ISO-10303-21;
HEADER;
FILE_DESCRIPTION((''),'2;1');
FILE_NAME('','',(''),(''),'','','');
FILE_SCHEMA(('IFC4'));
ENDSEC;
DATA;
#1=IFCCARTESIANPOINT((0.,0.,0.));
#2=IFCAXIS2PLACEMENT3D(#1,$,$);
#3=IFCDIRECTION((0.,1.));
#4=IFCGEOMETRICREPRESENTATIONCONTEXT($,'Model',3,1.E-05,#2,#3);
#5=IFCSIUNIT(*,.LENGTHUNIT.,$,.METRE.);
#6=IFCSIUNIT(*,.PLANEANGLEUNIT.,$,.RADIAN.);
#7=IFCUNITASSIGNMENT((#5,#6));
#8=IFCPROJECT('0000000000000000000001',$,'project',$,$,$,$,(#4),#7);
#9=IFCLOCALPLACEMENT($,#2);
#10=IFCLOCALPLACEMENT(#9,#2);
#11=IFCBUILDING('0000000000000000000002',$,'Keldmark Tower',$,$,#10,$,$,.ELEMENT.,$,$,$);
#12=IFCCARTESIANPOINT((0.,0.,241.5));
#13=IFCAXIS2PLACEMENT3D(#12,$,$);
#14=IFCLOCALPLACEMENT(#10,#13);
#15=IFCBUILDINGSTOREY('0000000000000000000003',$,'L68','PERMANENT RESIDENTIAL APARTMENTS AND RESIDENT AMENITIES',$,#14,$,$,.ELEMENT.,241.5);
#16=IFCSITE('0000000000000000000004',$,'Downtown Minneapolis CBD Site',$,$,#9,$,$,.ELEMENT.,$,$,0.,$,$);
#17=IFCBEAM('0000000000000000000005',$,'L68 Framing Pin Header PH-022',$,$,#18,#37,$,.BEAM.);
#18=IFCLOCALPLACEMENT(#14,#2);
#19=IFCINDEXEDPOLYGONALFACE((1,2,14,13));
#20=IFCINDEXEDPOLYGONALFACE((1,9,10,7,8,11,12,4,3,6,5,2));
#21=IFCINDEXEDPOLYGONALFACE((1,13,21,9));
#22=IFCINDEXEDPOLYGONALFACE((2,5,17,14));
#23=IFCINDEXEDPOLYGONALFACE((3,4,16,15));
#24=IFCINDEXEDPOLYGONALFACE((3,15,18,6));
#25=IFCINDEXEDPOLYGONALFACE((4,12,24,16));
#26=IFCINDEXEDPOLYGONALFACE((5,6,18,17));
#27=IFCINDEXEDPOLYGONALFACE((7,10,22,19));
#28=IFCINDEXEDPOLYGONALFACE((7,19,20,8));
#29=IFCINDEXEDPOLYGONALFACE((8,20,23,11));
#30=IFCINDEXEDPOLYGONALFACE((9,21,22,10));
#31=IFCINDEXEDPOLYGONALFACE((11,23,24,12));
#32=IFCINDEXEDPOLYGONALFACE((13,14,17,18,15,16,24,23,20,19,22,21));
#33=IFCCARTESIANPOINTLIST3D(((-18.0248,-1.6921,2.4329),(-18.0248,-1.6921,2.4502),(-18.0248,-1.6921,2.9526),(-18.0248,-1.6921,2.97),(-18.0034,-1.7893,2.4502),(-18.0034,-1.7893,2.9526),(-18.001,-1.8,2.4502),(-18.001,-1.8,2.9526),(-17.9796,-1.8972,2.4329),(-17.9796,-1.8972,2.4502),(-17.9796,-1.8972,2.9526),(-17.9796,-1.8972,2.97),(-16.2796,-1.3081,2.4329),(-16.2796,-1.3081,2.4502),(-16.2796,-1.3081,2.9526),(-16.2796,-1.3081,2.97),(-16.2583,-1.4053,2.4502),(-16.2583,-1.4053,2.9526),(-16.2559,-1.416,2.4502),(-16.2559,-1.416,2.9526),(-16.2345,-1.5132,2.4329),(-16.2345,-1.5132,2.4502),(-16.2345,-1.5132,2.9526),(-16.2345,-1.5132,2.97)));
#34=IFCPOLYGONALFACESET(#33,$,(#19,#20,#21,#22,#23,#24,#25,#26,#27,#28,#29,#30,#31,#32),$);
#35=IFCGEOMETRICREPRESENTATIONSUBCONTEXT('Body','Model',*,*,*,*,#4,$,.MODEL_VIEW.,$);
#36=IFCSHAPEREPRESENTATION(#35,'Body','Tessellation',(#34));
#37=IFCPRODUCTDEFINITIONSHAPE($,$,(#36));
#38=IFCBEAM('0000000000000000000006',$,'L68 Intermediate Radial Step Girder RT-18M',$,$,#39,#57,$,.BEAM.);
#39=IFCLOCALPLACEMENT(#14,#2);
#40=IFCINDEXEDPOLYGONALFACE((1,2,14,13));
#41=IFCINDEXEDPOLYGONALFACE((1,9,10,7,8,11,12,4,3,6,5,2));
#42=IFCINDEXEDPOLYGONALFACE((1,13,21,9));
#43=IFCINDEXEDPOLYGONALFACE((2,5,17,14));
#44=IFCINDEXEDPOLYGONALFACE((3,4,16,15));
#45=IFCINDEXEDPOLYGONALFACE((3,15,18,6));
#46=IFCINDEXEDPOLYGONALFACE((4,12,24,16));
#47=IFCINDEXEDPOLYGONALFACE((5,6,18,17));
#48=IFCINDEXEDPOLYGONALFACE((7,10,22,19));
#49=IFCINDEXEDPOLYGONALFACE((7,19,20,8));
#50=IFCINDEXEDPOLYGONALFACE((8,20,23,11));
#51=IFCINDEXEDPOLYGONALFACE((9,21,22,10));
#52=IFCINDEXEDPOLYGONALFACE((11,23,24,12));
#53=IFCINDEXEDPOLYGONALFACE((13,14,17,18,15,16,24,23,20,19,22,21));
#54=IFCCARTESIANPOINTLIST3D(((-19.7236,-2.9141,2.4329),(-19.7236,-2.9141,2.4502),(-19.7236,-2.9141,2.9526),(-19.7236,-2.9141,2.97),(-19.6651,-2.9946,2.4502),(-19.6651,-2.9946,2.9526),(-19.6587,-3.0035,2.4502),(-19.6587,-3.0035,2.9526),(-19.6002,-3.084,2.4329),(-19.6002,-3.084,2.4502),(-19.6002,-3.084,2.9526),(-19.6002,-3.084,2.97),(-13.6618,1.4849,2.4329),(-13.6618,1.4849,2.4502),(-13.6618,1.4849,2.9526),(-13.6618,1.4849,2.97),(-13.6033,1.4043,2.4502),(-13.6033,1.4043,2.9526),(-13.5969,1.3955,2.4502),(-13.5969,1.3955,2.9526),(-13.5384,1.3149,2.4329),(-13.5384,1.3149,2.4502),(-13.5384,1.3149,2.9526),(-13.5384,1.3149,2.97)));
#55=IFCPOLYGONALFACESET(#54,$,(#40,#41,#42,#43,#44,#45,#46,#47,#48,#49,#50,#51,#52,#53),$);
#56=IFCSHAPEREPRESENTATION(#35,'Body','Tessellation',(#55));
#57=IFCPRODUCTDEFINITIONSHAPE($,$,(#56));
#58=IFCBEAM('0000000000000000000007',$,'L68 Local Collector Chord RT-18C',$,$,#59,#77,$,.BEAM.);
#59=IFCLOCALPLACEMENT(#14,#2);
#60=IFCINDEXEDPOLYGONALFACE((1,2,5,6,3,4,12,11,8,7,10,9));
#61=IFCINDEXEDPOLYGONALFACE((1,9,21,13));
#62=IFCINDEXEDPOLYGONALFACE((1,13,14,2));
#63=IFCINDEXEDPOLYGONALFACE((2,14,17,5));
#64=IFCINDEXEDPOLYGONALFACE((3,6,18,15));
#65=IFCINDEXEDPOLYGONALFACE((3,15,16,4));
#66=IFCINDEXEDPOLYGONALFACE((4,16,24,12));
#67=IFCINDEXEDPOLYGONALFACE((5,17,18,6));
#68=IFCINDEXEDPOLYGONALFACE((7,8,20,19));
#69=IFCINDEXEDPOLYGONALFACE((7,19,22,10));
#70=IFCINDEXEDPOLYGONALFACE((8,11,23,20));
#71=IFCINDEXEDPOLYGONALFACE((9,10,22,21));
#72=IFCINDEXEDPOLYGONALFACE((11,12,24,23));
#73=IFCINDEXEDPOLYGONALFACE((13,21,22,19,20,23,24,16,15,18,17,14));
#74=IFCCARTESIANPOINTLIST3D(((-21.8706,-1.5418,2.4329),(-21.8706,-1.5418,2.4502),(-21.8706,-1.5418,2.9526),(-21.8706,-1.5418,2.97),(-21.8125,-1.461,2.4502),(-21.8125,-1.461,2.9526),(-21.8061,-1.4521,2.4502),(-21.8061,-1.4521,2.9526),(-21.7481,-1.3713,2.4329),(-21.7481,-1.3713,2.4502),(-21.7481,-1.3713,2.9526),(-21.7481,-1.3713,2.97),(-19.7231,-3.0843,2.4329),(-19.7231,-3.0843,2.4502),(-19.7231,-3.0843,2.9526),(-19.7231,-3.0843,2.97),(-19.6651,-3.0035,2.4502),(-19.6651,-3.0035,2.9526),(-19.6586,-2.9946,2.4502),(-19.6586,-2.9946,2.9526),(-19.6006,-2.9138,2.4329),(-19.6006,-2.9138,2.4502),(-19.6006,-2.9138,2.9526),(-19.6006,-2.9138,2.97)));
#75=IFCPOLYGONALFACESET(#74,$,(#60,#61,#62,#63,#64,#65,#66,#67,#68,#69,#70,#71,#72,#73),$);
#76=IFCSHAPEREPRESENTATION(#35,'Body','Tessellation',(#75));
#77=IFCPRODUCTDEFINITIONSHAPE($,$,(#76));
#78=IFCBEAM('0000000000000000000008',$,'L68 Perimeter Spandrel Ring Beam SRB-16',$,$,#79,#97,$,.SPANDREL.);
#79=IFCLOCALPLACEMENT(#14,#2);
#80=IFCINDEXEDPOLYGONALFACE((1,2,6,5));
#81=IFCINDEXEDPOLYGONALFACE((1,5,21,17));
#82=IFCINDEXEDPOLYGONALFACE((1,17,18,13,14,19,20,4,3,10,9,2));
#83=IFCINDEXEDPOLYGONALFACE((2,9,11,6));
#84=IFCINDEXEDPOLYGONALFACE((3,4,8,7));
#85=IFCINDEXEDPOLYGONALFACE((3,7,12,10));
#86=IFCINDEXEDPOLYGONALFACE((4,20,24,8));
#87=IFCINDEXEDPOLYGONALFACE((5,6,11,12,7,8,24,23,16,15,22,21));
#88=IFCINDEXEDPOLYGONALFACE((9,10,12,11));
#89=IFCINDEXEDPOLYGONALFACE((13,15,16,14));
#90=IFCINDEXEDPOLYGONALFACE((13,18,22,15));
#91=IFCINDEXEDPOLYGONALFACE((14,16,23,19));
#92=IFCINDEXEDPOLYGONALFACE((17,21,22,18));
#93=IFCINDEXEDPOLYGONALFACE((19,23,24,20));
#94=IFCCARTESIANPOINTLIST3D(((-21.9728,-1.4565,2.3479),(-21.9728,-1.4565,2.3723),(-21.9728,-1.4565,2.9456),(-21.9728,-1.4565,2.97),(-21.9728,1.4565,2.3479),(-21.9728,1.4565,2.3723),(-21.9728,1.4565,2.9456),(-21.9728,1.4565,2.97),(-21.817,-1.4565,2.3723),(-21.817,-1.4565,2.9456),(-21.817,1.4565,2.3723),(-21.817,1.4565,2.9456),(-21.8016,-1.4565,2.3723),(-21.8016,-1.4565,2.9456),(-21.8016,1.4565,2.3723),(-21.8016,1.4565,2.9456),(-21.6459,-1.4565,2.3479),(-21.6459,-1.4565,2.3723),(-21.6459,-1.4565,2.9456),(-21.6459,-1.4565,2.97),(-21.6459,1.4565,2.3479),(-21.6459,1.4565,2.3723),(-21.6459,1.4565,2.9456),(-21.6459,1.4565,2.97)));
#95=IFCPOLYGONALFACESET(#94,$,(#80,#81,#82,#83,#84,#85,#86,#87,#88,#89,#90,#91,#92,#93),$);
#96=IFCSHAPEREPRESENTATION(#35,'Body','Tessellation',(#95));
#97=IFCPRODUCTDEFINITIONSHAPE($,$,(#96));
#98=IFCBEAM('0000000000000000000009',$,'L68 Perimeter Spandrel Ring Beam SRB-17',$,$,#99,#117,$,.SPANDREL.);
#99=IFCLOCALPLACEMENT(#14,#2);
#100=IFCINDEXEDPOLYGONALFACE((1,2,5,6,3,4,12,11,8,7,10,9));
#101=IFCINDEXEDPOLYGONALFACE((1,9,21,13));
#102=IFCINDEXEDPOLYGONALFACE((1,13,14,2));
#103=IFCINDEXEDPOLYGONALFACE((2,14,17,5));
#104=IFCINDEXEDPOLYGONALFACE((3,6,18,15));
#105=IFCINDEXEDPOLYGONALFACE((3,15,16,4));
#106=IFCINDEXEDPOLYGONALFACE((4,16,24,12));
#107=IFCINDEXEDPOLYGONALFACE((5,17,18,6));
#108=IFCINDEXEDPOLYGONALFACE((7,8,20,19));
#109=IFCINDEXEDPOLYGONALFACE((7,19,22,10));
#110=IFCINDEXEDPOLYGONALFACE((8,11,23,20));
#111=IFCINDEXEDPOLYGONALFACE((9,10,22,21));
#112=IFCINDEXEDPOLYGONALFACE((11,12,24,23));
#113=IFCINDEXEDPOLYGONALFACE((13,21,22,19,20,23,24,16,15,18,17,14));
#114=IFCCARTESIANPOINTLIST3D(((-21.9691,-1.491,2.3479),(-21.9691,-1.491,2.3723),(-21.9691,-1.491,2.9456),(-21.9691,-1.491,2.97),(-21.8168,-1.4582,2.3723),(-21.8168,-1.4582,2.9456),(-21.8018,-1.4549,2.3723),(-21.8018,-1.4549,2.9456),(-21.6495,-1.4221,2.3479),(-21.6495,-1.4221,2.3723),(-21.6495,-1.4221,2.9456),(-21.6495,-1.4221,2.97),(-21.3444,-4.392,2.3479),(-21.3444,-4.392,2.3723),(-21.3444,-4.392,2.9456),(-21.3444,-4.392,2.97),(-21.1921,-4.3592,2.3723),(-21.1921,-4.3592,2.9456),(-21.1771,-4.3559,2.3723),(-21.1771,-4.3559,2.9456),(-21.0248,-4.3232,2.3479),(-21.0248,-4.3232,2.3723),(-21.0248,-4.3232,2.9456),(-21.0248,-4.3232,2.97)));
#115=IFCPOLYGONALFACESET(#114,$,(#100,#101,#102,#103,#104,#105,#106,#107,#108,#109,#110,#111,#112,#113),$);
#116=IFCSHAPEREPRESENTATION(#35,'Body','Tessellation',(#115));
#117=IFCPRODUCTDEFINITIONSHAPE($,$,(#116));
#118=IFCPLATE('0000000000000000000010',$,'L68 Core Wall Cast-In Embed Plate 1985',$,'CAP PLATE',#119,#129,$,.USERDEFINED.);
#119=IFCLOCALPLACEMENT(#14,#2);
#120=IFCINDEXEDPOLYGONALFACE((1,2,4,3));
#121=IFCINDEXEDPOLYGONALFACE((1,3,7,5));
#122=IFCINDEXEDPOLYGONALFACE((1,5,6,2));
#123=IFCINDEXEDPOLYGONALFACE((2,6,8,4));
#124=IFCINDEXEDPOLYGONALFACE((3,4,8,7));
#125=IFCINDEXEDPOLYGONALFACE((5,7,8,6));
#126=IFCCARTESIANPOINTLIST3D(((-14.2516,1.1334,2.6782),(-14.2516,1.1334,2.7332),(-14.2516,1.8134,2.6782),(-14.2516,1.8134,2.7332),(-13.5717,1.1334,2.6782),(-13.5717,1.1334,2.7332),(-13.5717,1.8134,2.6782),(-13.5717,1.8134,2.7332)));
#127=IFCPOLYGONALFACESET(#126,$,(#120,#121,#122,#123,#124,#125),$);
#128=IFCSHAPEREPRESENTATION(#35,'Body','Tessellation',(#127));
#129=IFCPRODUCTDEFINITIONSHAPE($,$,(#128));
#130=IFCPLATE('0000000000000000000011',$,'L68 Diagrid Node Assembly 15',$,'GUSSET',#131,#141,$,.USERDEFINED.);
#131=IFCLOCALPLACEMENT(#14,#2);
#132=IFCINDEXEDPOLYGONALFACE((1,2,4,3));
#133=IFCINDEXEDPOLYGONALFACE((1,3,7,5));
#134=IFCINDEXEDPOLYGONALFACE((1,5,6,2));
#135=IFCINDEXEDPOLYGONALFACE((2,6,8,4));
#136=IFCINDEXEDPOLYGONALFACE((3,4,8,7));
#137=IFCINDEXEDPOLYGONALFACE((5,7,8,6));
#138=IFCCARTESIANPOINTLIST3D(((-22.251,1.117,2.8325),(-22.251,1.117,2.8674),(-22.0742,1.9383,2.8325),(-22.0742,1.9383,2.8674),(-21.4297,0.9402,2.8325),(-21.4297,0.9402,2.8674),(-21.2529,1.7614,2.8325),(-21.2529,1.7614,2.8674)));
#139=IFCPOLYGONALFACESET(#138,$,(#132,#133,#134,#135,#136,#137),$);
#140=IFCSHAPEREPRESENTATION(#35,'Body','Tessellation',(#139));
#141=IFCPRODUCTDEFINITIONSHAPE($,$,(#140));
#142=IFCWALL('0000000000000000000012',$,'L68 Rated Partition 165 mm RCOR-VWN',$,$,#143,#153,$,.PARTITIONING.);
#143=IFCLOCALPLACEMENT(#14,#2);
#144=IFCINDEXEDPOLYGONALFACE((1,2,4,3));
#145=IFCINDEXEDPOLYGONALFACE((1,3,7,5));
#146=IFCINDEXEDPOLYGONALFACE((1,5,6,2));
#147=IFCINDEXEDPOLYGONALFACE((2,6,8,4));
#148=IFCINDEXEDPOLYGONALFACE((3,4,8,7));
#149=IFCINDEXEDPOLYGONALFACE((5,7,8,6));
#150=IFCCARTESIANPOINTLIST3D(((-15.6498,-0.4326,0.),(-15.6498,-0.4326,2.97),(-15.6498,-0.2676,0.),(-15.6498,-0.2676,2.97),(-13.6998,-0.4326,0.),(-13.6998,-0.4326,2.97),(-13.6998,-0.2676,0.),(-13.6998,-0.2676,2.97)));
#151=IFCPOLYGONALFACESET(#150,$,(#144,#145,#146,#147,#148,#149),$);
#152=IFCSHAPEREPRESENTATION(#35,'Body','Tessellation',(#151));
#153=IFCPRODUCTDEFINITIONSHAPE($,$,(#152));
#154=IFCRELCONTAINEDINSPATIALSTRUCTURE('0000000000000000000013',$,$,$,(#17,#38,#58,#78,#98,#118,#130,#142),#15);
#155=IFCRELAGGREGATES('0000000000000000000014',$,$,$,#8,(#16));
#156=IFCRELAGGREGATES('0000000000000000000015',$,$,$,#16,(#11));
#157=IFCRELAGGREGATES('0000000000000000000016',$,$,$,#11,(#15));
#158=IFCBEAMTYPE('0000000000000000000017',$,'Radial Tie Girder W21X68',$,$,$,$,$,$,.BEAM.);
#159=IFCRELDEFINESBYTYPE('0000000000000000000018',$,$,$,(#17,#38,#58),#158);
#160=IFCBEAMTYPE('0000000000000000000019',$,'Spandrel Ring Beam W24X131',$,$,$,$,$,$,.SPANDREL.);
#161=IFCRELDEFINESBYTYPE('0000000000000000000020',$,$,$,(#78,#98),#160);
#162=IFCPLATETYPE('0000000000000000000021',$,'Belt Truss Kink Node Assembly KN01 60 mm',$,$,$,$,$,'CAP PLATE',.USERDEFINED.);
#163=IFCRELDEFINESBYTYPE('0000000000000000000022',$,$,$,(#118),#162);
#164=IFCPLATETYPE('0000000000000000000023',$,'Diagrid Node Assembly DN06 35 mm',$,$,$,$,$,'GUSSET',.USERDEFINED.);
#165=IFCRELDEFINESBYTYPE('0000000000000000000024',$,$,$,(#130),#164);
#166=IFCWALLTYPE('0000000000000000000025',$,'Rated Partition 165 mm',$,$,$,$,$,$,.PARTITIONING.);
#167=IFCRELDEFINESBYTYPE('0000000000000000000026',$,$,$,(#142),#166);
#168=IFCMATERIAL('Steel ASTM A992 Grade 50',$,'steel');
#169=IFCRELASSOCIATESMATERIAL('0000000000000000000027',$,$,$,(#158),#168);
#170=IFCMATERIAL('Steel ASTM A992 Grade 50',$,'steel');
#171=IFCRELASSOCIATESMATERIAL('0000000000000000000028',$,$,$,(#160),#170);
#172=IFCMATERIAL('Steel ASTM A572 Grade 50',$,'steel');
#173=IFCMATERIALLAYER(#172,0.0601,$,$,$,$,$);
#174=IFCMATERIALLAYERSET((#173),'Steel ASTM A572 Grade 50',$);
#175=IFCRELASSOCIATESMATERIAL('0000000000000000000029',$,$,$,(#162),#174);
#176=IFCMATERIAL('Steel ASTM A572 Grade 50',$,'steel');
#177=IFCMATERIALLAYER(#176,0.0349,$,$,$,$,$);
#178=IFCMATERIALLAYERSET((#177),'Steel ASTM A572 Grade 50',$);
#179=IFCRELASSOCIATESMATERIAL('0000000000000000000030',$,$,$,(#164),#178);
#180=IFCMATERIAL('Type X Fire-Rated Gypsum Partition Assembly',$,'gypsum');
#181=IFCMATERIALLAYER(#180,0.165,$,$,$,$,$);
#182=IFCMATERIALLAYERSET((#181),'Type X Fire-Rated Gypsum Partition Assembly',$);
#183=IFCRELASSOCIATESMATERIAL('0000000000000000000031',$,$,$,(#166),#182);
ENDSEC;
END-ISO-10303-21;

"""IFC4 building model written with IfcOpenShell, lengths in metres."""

from ifc_helpers import new_model, si_unit, direction, frame, frame_2d, origin, origin_2d, place, context, subcontext, project, spatial, rectangle, i_section, extrude, material, layer, layer_set, material_profile, profile_set, type_object, element, save


model = new_model("IFC4")

# Units and contexts
model_context = context("Model", 3, precision=1e-05, world=origin(), true_north=direction((0.0, 1.0)))
body_context = subcontext(model_context, "Body", "Model", "MODEL_VIEW")
ifc_project = project(units=[si_unit("LENGTHUNIT", "METRE"), si_unit("PLANEANGLEUNIT", "RADIAN")], contexts=[model_context])

# Site, building, storey
site_placement = place(None, origin())
site = spatial("IfcSite", under=ifc_project, at=site_placement, Name="Downtown Minneapolis CBD Site", CompositionType="ELEMENT", RefElevation=0.0)
building_placement = place(site_placement, origin())
building = spatial("IfcBuilding", under=site, at=building_placement, Name="Keldmark Tower", CompositionType="ELEMENT")
storey_placement = place(building_placement, frame((0.0, 0.0, 241.5)))
storey = spatial("IfcBuildingStorey", under=building, at=storey_placement, Name="L68", Description="PERMANENT RESIDENTIAL APARTMENTS AND RESIDENT AMENITIES", CompositionType="ELEMENT", Elevation=241.5)

# Beams
ifc_material_1 = material(Name="Steel ASTM A992 Grade 50", Category="steel")
ifc_material_profile_1 = material_profile(ifc_material_1, i_section(OverallWidth=0.21, OverallDepth=0.5371, WebThickness=0.011, FlangeThickness=0.0173, at=origin_2d()), Name="W21X68")
ifc_profile_set_1 = profile_set([ifc_material_profile_1], Name="Steel ASTM A992 Grade 50")
beam_type_1 = type_object("IfcBeamType", Name="Radial Tie Girder W21X68", PredefinedType="BEAM", material=ifc_profile_set_1)
beam_1_placement = place(storey_placement, frame((-16.2571, -1.4106, 2.7014), z_axis=(-0.976632, -0.214919, 0.0), x_axis=(0.214919, -0.976632, 0.0)))
element("IfcBeam", 1, at=beam_1_placement, inside=storey, type_object=beam_type_1, Name="L68 Framing Pin Header PH-022", PredefinedType="BEAM", context=body_context, shape_type="SweptSolid", body=[
    extrude(i_section(OverallWidth=0.21, OverallDepth=0.5371, WebThickness=0.011, FlangeThickness=0.0173, at=origin_2d()), origin(), (0.0, 0.0, 1.0), 1.7869),
])
beam_2_placement = place(storey_placement, frame((-13.6001, 1.3999, 2.7014), z_axis=(-0.809347, -0.58733, 0.0), x_axis=(0.58733, -0.809347, 0.0)))
element("IfcBeam", 2, at=beam_2_placement, inside=storey, type_object=beam_type_1, Name="L68 Intermediate Radial Step Girder RT-18M", PredefinedType="BEAM", context=body_context, shape_type="SweptSolid", body=[
    extrude(i_section(OverallWidth=0.21, OverallDepth=0.5371, WebThickness=0.011, FlangeThickness=0.0173, at=origin_2d()), origin(), (0.0, 0.0, 1.0), 7.4897),
])
beam_3_placement = place(storey_placement, frame((-21.8093, -1.4565, 2.7014), z_axis=(0.812196, -0.583385, 0.0), x_axis=(0.583385, 0.812196, 0.0)))
element("IfcBeam", 3, at=beam_3_placement, inside=storey, type_object=beam_type_1, Name="L68 Local Collector Chord RT-18C", PredefinedType="BEAM", context=body_context, shape_type="SweptSolid", body=[
    extrude(i_section(OverallWidth=0.21, OverallDepth=0.5371, WebThickness=0.011, FlangeThickness=0.0173, at=origin_2d()), origin(), (0.0, 0.0, 1.0), 2.644),
])
ifc_material_2 = material(Name="Steel ASTM A992 Grade 50", Category="steel")
ifc_material_profile_2 = material_profile(ifc_material_2, i_section(OverallWidth=0.3269, OverallDepth=0.6221, WebThickness=0.0154, FlangeThickness=0.0244, at=origin_2d()), Name="W24X131")
ifc_profile_set_2 = profile_set([ifc_material_profile_2], Name="Steel ASTM A992 Grade 50")
beam_type_2 = type_object("IfcBeamType", Name="Spandrel Ring Beam W24X131", PredefinedType="SPANDREL", material=ifc_profile_set_2)
beam_4_placement = place(storey_placement, frame((-21.8093, 1.4565, 2.6589), z_axis=(0.0, -1.0, 0.0), x_axis=(1.0, 0.0, 0.0)))
element("IfcBeam", 4, at=beam_4_placement, inside=storey, type_object=beam_type_2, Name="L68 Perimeter Spandrel Ring Beam SRB-16", PredefinedType="SPANDREL", context=body_context, shape_type="SweptSolid", body=[
    extrude(i_section(OverallWidth=0.3269, OverallDepth=0.6221, WebThickness=0.0154, FlangeThickness=0.0244, at=origin_2d()), origin(), (0.0, 0.0, 1.0), 2.9131),
])
beam_5_placement = place(storey_placement, frame((-21.8093, -1.4565, 2.6589), z_axis=(0.210523, -0.977589, 0.0), x_axis=(0.977589, 0.210523, 0.0)))
element("IfcBeam", 5, at=beam_5_placement, inside=storey, type_object=beam_type_2, Name="L68 Perimeter Spandrel Ring Beam SRB-17", PredefinedType="SPANDREL", context=body_context, shape_type="SweptSolid", body=[
    extrude(i_section(OverallWidth=0.3269, OverallDepth=0.6221, WebThickness=0.0154, FlangeThickness=0.0244, at=origin_2d()), origin(), (0.0, 0.0, 1.0), 2.9675),
])

# Plates
ifc_material_3 = material(Name="Steel ASTM A572 Grade 50", Category="steel")
ifc_layer_1 = layer(ifc_material_3, 0.0601)
ifc_layer_set_1 = layer_set([ifc_layer_1], Name="Steel ASTM A572 Grade 50")
plate_type_1 = type_object("IfcPlateType", Name="Belt Truss Kink Node Assembly KN01 60 mm", ElementType="CAP PLATE", PredefinedType="USERDEFINED", material=ifc_layer_set_1)
plate_1_placement = place(storey_placement, frame((-13.9116, 1.4734, 2.6782), z_axis=(0.0, 0.0, 1.0), x_axis=(1.0, 0.0, 0.0)))
element("IfcPlate", 6, at=plate_1_placement, inside=storey, type_object=plate_type_1, Name="L68 Core Wall Cast-In Embed Plate 1985", ObjectType="CAP PLATE", PredefinedType="USERDEFINED", context=body_context, shape_type="SweptSolid", body=[
    extrude(rectangle(XDim=0.6799, YDim=0.6799, at=origin_2d()), origin(), (0.0, 0.0, 1.0), 0.0549),
])
ifc_material_4 = material(Name="Steel ASTM A572 Grade 50", Category="steel")
ifc_layer_2 = layer(ifc_material_4, 0.0349)
ifc_layer_set_2 = layer_set([ifc_layer_2], Name="Steel ASTM A572 Grade 50")
plate_type_2 = type_object("IfcPlateType", Name="Diagrid Node Assembly DN06 35 mm", ElementType="GUSSET", PredefinedType="USERDEFINED", material=ifc_layer_set_2)
plate_2_placement = place(storey_placement, frame((-21.752, 1.4392, 2.8325), z_axis=(0.0, 0.0, 1.0), x_axis=(-0.210472, -0.9776, 0.0)))
element("IfcPlate", 7, at=plate_2_placement, inside=storey, type_object=plate_type_2, Name="L68 Diagrid Node Assembly 15", ObjectType="GUSSET", PredefinedType="USERDEFINED", context=body_context, shape_type="SweptSolid", body=[
    extrude(rectangle(XDim=0.8401, YDim=0.8401, at=origin_2d()), origin(), (0.0, 0.0, 1.0), 0.0349),
])

# Wall
ifc_material_5 = material(Name="Type X Fire-Rated Gypsum Partition Assembly", Category="gypsum")
ifc_layer_3 = layer(ifc_material_5, 0.165)
ifc_layer_set_3 = layer_set([ifc_layer_3], Name="Type X Fire-Rated Gypsum Partition Assembly")
wall_type_1 = type_object("IfcWallType", Name="Rated Partition 165 mm", PredefinedType="PARTITIONING", material=ifc_layer_set_3)
wall_1_placement = place(storey_placement, frame((-15.6499, -0.3501, 0.0), z_axis=(0.0, 0.0, 1.0), x_axis=(1.0, 0.0, 0.0)))
element("IfcWall", 8, at=wall_1_placement, inside=storey, type_object=wall_type_1, Name="L68 Rated Partition 165 mm RCOR-VWN", PredefinedType="PARTITIONING", context=body_context, shape_type="SweptSolid", body=[
    extrude(rectangle(XDim=1.95, YDim=0.165, at=frame_2d((0.9751, 0.0))), origin(), (0.0, 0.0, 1.0), 2.97),
])

save(model, "model.ifc")
